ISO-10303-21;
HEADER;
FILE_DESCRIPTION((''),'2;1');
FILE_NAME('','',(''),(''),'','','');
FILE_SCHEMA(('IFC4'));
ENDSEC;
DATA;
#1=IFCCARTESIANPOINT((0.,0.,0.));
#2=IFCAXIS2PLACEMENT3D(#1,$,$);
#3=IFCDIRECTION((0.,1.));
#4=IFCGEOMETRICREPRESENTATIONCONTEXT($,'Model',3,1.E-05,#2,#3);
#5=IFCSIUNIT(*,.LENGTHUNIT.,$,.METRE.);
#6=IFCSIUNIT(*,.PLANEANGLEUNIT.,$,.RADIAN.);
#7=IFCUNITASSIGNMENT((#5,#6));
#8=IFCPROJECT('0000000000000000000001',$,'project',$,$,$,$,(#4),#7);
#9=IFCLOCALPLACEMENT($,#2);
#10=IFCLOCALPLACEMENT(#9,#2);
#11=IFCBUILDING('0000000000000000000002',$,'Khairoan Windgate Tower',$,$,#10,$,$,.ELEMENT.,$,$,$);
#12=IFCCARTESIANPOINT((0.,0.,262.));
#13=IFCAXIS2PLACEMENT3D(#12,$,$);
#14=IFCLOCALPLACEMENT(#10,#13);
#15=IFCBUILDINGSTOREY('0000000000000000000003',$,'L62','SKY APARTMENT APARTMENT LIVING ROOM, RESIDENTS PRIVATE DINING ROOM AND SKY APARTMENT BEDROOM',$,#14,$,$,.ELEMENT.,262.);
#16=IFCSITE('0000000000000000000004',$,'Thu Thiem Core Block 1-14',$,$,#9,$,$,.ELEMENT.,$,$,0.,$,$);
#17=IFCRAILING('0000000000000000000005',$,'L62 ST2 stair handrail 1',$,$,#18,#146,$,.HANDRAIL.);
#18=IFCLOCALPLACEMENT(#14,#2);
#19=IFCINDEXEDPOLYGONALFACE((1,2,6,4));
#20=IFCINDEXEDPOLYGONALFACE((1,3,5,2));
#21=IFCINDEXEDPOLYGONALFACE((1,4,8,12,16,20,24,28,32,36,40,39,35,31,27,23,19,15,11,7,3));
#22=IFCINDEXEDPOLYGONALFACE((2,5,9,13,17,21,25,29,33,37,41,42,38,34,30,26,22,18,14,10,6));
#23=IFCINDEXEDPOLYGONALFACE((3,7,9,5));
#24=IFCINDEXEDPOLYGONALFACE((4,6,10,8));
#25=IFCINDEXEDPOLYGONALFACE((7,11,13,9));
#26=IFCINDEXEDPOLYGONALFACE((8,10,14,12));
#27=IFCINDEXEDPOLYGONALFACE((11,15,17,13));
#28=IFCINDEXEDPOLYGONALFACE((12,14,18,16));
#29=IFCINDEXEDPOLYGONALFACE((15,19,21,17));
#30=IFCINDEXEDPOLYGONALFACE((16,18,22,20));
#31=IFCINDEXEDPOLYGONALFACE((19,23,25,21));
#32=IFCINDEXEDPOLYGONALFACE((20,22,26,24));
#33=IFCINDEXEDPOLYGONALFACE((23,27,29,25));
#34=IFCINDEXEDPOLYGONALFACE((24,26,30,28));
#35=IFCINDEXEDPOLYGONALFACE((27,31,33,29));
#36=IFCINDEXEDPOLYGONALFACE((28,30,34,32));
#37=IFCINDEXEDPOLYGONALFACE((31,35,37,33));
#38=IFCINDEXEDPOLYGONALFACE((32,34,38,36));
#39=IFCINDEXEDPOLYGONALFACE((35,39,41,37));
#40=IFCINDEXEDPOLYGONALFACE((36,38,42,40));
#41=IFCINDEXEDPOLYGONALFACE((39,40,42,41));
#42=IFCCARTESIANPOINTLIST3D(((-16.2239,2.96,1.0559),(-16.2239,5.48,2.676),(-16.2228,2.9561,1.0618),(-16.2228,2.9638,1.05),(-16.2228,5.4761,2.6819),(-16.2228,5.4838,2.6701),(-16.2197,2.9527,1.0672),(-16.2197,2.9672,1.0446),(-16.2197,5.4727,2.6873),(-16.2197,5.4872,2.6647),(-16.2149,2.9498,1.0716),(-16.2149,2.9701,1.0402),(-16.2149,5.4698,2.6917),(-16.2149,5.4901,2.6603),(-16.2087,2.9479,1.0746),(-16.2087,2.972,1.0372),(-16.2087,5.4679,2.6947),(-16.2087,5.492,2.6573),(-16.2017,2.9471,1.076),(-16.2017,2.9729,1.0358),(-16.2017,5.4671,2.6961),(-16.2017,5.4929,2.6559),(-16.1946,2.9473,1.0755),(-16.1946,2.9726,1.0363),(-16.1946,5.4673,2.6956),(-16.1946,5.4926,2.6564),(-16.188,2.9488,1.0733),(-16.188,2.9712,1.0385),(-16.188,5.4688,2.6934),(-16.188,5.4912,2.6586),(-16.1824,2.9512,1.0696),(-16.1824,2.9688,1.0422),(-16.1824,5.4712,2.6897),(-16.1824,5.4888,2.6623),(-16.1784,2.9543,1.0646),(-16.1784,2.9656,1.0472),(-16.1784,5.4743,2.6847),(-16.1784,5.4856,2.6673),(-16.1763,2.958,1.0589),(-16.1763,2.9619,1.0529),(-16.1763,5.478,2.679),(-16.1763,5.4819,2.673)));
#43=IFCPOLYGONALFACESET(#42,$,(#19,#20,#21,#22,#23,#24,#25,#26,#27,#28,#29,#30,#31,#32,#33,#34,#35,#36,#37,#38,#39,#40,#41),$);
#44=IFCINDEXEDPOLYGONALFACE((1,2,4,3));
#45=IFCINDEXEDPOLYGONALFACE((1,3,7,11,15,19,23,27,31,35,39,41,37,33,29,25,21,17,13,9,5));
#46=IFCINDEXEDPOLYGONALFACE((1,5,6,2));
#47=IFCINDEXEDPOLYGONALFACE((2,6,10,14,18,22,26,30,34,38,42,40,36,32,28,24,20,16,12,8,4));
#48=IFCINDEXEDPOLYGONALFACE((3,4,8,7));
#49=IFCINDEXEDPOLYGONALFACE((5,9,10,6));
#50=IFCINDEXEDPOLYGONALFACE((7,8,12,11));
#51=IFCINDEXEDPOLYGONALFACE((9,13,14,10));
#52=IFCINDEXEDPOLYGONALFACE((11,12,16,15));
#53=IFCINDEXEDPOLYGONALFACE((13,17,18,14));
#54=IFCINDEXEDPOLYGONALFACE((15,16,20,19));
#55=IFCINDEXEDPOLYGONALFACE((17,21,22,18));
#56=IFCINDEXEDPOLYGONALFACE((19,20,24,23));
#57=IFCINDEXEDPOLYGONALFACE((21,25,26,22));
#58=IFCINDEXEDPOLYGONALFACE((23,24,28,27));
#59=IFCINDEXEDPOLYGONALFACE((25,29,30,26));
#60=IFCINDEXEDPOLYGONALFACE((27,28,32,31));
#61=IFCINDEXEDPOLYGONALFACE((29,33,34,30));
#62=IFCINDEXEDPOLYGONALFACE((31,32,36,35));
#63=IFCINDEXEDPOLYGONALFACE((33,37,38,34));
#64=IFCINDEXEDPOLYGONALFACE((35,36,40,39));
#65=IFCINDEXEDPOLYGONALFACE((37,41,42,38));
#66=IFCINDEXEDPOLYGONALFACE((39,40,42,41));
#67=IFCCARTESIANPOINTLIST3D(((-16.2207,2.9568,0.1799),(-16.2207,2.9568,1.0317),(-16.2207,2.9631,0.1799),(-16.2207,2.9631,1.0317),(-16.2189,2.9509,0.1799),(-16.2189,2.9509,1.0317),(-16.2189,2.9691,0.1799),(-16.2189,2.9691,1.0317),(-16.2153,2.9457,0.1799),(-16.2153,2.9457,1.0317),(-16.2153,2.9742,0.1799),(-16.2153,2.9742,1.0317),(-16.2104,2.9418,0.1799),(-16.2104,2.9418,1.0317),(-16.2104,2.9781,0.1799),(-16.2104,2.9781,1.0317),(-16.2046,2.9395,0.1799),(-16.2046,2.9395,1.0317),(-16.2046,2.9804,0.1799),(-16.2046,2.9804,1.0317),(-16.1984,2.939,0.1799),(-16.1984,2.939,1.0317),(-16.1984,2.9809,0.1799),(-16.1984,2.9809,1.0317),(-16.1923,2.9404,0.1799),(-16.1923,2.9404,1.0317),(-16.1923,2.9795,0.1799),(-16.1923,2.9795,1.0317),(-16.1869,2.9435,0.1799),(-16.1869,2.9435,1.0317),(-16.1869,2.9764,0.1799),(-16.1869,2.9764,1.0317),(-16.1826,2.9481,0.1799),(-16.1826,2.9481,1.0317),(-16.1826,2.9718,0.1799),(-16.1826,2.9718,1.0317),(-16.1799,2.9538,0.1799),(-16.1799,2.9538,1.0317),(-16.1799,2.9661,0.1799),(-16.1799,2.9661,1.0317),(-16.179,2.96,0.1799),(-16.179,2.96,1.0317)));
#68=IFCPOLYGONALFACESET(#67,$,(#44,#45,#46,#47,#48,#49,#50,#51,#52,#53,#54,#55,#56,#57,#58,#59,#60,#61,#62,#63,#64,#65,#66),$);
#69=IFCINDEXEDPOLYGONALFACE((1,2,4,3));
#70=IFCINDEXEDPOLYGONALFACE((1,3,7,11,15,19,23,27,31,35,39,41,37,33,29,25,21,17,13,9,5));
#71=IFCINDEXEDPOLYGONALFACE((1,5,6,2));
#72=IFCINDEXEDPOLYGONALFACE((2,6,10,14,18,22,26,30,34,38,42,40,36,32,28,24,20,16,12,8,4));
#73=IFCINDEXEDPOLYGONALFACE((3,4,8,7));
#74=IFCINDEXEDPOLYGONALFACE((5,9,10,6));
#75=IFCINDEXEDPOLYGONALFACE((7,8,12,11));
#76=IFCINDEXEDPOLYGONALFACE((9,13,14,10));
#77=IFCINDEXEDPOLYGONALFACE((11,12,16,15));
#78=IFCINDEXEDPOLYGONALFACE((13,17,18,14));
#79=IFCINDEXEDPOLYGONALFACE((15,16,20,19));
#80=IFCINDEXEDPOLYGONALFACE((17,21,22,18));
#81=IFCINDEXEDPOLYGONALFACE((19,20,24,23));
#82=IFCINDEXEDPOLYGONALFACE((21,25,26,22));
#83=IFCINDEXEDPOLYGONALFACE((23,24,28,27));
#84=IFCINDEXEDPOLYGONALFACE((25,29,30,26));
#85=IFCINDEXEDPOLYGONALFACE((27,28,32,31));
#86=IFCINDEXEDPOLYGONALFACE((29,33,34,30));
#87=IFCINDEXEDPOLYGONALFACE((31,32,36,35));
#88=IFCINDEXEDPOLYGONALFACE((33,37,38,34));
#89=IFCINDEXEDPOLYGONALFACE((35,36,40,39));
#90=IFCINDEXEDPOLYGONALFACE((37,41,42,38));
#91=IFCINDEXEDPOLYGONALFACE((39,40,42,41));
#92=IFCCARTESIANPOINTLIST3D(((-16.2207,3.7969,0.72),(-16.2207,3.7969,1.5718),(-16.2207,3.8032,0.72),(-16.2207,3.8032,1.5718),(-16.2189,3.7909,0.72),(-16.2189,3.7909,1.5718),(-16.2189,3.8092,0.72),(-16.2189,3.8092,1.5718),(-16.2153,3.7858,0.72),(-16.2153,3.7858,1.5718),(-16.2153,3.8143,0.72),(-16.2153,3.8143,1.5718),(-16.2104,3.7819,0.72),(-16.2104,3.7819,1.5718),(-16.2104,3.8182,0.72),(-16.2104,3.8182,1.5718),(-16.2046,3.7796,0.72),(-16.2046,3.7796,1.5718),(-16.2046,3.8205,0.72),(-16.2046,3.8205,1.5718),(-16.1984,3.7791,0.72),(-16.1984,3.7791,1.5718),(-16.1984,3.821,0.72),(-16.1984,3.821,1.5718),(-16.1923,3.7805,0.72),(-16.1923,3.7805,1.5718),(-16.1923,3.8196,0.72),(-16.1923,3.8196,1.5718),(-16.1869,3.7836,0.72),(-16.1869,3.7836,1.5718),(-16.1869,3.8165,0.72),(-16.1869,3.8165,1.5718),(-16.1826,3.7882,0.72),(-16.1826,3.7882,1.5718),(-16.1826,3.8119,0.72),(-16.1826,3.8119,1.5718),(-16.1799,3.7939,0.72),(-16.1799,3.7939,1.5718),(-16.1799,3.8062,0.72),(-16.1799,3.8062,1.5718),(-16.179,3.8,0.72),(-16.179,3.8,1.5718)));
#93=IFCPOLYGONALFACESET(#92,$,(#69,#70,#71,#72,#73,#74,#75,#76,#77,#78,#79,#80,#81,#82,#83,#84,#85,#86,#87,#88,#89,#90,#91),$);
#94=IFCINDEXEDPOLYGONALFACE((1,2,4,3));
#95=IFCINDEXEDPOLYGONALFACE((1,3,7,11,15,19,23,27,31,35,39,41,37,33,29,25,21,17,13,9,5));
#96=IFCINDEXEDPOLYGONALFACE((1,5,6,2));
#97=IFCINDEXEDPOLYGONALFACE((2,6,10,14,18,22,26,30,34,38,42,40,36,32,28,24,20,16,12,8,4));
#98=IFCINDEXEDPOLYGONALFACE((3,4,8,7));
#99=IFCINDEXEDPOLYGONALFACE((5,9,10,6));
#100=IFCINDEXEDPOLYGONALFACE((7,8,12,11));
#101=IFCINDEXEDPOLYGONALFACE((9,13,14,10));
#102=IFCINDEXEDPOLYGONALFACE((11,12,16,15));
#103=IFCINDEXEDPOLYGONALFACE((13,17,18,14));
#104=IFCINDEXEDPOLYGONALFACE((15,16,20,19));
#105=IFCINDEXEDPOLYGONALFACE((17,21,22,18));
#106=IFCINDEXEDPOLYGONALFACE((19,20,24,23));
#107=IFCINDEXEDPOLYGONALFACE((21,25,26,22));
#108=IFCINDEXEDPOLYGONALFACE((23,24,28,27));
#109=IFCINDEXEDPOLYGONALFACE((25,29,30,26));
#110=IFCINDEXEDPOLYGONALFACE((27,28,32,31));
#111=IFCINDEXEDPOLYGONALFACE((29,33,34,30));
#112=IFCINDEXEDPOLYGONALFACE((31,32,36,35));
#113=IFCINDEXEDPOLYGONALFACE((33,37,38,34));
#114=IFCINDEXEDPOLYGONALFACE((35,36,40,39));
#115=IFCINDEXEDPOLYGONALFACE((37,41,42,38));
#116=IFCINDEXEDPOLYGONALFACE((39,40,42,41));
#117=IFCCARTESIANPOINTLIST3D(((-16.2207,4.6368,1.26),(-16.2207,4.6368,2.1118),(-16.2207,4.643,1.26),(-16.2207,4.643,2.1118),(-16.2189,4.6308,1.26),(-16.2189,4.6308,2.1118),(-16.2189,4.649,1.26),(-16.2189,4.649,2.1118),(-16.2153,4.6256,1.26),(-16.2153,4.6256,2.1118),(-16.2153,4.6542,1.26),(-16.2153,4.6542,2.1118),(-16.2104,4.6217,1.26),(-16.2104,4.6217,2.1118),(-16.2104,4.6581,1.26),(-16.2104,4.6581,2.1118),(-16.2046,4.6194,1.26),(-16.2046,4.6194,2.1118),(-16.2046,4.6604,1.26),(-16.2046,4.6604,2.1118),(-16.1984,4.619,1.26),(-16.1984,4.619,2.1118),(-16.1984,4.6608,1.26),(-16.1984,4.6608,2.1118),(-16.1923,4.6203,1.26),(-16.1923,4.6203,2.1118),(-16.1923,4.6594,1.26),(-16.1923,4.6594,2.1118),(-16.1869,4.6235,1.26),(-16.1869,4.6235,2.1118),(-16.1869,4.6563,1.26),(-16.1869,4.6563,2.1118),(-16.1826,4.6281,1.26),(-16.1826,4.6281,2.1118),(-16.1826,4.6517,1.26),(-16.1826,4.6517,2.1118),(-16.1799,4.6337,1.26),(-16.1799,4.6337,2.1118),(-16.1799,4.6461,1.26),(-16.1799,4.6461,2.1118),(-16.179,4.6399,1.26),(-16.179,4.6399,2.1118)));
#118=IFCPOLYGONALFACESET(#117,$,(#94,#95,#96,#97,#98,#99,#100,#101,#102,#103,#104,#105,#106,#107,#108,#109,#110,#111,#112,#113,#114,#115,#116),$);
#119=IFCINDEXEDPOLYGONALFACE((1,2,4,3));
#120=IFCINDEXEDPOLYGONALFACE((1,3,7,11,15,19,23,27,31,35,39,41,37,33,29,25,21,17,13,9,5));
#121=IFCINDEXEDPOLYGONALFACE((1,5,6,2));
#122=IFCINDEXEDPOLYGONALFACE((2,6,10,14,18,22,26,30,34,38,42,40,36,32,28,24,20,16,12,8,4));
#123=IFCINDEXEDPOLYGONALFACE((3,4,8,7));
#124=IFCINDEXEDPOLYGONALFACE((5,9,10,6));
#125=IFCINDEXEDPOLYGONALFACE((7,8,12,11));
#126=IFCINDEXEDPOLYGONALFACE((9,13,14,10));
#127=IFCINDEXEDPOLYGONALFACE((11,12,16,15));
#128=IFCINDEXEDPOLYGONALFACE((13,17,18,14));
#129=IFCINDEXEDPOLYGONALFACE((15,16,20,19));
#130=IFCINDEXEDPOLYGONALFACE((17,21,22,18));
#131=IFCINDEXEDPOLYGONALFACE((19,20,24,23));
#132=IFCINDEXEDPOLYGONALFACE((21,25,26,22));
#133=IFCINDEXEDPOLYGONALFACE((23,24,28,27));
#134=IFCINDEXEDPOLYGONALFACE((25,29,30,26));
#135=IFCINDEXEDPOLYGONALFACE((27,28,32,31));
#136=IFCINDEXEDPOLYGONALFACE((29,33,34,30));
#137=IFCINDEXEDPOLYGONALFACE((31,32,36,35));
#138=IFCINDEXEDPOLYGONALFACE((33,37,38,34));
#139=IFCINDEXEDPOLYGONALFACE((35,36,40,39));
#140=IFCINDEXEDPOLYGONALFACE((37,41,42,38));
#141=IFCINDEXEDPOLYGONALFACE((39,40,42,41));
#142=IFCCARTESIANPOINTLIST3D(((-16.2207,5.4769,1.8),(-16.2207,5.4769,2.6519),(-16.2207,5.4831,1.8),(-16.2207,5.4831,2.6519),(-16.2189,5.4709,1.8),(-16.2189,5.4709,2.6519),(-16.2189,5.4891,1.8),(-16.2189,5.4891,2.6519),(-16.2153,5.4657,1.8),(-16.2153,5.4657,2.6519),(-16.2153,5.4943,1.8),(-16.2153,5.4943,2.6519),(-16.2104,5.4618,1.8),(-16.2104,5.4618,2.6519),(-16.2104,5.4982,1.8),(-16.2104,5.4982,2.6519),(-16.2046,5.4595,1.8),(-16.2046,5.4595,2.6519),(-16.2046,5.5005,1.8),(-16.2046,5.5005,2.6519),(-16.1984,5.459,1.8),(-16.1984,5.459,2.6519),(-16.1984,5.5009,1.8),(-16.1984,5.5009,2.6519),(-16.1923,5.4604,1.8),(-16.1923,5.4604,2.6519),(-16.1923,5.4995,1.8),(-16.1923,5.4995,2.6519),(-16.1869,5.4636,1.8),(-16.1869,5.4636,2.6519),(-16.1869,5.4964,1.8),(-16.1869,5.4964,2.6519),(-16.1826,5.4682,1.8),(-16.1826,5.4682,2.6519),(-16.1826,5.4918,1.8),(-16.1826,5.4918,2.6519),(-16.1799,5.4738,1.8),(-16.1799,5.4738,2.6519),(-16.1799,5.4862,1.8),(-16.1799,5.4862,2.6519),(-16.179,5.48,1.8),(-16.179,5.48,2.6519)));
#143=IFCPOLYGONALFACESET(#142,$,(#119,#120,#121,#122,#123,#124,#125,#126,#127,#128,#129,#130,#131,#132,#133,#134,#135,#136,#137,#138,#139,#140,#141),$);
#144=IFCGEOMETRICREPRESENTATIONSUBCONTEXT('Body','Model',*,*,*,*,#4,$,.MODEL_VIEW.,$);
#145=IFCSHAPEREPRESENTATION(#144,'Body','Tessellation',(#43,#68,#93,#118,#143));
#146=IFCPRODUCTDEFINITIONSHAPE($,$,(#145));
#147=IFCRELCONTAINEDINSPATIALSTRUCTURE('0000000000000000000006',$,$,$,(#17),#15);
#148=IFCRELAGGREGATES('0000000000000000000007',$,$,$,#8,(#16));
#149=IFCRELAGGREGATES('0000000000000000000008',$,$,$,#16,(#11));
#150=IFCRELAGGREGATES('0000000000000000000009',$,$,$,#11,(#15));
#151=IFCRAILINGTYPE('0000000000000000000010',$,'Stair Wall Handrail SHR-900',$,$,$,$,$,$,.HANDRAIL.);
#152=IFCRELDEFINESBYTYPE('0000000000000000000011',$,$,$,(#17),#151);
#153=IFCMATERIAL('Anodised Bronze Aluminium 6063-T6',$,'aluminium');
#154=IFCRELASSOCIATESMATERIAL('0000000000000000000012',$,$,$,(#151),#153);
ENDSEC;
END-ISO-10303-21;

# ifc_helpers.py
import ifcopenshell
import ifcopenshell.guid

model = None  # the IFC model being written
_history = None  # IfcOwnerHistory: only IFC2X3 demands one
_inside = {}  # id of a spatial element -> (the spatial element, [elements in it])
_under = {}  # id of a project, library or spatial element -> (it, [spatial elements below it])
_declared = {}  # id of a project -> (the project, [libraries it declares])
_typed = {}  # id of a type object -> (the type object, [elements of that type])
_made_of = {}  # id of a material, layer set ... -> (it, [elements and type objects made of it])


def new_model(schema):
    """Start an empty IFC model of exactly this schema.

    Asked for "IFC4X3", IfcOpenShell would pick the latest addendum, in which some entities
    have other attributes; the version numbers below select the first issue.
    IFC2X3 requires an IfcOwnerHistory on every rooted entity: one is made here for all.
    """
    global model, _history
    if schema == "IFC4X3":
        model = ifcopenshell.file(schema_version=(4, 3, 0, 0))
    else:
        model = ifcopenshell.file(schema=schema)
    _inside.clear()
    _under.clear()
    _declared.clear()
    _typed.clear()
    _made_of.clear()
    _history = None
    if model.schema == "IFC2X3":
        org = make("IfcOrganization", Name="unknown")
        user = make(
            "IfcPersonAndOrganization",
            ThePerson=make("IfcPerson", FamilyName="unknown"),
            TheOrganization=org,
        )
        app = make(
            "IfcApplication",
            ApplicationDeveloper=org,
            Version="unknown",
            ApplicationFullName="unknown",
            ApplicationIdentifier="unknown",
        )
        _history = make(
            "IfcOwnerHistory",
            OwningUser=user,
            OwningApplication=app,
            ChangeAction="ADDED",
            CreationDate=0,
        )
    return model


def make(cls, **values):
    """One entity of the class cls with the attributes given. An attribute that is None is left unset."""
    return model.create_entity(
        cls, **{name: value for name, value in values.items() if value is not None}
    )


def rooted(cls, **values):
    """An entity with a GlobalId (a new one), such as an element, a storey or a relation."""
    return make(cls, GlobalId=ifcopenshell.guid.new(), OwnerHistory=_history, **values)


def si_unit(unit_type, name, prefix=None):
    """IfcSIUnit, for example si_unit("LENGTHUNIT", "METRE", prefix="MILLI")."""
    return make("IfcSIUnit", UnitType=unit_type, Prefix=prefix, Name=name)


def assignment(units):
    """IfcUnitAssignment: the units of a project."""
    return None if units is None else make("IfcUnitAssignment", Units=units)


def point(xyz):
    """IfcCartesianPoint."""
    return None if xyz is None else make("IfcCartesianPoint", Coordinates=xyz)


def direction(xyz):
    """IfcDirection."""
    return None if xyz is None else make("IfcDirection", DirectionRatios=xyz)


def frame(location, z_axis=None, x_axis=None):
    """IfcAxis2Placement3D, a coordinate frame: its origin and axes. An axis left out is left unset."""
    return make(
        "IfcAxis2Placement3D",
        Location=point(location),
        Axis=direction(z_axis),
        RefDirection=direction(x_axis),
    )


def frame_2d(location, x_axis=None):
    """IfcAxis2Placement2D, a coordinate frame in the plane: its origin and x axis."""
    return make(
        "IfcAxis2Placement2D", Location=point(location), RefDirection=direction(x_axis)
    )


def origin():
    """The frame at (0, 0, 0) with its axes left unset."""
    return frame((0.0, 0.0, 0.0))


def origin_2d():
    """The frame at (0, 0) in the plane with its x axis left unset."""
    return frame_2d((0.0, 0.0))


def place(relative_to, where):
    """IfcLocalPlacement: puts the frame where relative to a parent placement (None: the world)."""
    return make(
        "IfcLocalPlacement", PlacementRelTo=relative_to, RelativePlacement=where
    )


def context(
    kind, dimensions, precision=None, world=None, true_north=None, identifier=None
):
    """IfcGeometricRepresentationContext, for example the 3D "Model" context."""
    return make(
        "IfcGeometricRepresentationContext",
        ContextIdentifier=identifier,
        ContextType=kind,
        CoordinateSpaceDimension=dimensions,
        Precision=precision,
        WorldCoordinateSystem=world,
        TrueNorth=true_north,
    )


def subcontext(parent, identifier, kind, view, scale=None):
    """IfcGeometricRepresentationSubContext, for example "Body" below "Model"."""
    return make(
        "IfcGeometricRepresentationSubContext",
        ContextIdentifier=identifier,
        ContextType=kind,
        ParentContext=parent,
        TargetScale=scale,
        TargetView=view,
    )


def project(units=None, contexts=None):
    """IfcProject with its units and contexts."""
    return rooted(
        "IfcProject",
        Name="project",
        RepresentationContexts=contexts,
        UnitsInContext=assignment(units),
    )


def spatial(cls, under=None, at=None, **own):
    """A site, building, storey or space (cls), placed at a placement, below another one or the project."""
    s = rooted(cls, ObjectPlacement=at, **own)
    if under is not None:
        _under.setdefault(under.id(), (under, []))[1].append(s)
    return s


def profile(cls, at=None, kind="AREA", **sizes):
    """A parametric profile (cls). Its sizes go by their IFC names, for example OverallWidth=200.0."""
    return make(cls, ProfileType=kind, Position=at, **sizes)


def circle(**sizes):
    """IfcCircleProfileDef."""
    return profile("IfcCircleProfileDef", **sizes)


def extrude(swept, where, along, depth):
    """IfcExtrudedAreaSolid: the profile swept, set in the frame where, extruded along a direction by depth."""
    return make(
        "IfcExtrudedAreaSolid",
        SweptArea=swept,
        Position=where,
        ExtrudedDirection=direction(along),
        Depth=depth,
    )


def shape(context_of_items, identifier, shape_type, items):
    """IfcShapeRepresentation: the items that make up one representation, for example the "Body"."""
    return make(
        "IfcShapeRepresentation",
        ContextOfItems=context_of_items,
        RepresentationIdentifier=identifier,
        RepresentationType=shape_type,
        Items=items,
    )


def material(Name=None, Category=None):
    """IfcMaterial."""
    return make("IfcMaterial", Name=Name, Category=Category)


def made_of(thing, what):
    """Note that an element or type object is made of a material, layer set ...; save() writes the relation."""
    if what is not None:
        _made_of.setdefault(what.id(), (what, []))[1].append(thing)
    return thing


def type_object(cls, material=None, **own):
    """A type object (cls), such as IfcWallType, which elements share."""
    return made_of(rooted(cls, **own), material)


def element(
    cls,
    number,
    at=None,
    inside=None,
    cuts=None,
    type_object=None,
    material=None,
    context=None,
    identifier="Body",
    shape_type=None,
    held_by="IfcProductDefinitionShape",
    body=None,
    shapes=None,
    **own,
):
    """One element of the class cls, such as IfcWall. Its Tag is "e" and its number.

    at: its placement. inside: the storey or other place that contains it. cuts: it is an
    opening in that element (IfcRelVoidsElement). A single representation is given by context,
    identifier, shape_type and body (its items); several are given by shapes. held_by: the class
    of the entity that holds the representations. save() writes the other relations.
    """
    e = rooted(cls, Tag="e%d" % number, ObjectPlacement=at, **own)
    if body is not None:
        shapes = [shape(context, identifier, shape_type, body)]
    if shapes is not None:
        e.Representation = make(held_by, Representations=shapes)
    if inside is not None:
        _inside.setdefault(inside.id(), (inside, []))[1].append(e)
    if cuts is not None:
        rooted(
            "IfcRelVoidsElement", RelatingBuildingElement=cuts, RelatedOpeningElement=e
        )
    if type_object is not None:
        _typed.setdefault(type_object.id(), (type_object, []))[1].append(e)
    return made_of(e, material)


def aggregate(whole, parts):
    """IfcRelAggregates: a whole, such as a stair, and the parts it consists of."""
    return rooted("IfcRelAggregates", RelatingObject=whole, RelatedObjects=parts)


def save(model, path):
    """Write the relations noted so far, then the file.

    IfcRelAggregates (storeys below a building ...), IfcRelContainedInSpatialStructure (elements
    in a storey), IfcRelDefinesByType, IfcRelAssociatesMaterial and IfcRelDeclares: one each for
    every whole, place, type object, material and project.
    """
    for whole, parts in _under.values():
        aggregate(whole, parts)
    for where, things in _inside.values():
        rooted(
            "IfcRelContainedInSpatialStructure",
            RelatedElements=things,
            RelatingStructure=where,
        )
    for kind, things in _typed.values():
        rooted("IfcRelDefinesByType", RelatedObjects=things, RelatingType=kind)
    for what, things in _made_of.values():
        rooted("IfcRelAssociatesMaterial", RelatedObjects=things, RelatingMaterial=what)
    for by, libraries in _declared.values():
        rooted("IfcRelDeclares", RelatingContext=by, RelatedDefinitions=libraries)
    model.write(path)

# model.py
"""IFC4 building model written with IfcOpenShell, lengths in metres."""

from ifc_helpers import new_model, si_unit, direction, frame, origin, origin_2d, place, context, subcontext, project, spatial, circle, extrude, material, type_object, element, save


model = new_model("IFC4")

# Units and contexts
model_context = context("Model", 3, precision=1e-05, world=origin(), true_north=direction((0.0, 1.0)))
body_context = subcontext(model_context, "Body", "Model", "MODEL_VIEW")
ifc_project = project(units=[si_unit("LENGTHUNIT", "METRE"), si_unit("PLANEANGLEUNIT", "RADIAN")], contexts=[model_context])

# Site, building, storey
site_placement = place(None, origin())
site = spatial("IfcSite", under=ifc_project, at=site_placement, Name="Thu Thiem Core Block 1-14", CompositionType="ELEMENT", RefElevation=0.0)
building_placement = place(site_placement, origin())
building = spatial("IfcBuilding", under=site, at=building_placement, Name="Khairoan Windgate Tower", CompositionType="ELEMENT")
storey_placement = place(building_placement, frame((0.0, 0.0, 262.0)))
storey = spatial("IfcBuildingStorey", under=building, at=storey_placement, Name="L62", Description="SKY APARTMENT APARTMENT LIVING ROOM, RESIDENTS PRIVATE DINING ROOM AND SKY APARTMENT BEDROOM", CompositionType="ELEMENT", Elevation=262.0)

# Railing
ifc_material_1 = material(Name="Anodised Bronze Aluminium 6063-T6", Category="aluminium")
railing_type_1 = type_object("IfcRailingType", Name="Stair Wall Handrail SHR-900", PredefinedType="HANDRAIL", material=ifc_material_1)
railing_1_placement = place(storey_placement, frame((-16.2, 2.96, 0.1799)))
element("IfcRailing", 1, at=railing_1_placement, inside=storey, type_object=railing_type_1, Name="L62 ST2 stair handrail 1", PredefinedType="HANDRAIL", context=body_context, shape_type="SweptSolid", body=[
    extrude(circle(Radius=0.0239, at=origin_2d()), frame((0.0, 0.0, 0.876), z_axis=(0.0, 0.841163, 0.540782), x_axis=(-1.0, 0.0, 0.0)), (0.0, 0.0, 1.0), 2.9958),
    extrude(circle(Radius=0.021, at=origin_2d()), origin(), (0.0, 0.0, 1.0), 0.8518),
    extrude(circle(Radius=0.021, at=origin_2d()), frame((0.0, 0.8401, 0.54)), (0.0, 0.0, 1.0), 0.8518),
    extrude(circle(Radius=0.021, at=origin_2d()), frame((0.0, 1.6799, 1.0801)), (0.0, 0.0, 1.0), 0.8518),
    extrude(circle(Radius=0.021, at=origin_2d()), frame((0.0, 2.52, 1.6201)), (0.0, 0.0, 1.0), 0.8518),
])

save(model, "model.ifc")
